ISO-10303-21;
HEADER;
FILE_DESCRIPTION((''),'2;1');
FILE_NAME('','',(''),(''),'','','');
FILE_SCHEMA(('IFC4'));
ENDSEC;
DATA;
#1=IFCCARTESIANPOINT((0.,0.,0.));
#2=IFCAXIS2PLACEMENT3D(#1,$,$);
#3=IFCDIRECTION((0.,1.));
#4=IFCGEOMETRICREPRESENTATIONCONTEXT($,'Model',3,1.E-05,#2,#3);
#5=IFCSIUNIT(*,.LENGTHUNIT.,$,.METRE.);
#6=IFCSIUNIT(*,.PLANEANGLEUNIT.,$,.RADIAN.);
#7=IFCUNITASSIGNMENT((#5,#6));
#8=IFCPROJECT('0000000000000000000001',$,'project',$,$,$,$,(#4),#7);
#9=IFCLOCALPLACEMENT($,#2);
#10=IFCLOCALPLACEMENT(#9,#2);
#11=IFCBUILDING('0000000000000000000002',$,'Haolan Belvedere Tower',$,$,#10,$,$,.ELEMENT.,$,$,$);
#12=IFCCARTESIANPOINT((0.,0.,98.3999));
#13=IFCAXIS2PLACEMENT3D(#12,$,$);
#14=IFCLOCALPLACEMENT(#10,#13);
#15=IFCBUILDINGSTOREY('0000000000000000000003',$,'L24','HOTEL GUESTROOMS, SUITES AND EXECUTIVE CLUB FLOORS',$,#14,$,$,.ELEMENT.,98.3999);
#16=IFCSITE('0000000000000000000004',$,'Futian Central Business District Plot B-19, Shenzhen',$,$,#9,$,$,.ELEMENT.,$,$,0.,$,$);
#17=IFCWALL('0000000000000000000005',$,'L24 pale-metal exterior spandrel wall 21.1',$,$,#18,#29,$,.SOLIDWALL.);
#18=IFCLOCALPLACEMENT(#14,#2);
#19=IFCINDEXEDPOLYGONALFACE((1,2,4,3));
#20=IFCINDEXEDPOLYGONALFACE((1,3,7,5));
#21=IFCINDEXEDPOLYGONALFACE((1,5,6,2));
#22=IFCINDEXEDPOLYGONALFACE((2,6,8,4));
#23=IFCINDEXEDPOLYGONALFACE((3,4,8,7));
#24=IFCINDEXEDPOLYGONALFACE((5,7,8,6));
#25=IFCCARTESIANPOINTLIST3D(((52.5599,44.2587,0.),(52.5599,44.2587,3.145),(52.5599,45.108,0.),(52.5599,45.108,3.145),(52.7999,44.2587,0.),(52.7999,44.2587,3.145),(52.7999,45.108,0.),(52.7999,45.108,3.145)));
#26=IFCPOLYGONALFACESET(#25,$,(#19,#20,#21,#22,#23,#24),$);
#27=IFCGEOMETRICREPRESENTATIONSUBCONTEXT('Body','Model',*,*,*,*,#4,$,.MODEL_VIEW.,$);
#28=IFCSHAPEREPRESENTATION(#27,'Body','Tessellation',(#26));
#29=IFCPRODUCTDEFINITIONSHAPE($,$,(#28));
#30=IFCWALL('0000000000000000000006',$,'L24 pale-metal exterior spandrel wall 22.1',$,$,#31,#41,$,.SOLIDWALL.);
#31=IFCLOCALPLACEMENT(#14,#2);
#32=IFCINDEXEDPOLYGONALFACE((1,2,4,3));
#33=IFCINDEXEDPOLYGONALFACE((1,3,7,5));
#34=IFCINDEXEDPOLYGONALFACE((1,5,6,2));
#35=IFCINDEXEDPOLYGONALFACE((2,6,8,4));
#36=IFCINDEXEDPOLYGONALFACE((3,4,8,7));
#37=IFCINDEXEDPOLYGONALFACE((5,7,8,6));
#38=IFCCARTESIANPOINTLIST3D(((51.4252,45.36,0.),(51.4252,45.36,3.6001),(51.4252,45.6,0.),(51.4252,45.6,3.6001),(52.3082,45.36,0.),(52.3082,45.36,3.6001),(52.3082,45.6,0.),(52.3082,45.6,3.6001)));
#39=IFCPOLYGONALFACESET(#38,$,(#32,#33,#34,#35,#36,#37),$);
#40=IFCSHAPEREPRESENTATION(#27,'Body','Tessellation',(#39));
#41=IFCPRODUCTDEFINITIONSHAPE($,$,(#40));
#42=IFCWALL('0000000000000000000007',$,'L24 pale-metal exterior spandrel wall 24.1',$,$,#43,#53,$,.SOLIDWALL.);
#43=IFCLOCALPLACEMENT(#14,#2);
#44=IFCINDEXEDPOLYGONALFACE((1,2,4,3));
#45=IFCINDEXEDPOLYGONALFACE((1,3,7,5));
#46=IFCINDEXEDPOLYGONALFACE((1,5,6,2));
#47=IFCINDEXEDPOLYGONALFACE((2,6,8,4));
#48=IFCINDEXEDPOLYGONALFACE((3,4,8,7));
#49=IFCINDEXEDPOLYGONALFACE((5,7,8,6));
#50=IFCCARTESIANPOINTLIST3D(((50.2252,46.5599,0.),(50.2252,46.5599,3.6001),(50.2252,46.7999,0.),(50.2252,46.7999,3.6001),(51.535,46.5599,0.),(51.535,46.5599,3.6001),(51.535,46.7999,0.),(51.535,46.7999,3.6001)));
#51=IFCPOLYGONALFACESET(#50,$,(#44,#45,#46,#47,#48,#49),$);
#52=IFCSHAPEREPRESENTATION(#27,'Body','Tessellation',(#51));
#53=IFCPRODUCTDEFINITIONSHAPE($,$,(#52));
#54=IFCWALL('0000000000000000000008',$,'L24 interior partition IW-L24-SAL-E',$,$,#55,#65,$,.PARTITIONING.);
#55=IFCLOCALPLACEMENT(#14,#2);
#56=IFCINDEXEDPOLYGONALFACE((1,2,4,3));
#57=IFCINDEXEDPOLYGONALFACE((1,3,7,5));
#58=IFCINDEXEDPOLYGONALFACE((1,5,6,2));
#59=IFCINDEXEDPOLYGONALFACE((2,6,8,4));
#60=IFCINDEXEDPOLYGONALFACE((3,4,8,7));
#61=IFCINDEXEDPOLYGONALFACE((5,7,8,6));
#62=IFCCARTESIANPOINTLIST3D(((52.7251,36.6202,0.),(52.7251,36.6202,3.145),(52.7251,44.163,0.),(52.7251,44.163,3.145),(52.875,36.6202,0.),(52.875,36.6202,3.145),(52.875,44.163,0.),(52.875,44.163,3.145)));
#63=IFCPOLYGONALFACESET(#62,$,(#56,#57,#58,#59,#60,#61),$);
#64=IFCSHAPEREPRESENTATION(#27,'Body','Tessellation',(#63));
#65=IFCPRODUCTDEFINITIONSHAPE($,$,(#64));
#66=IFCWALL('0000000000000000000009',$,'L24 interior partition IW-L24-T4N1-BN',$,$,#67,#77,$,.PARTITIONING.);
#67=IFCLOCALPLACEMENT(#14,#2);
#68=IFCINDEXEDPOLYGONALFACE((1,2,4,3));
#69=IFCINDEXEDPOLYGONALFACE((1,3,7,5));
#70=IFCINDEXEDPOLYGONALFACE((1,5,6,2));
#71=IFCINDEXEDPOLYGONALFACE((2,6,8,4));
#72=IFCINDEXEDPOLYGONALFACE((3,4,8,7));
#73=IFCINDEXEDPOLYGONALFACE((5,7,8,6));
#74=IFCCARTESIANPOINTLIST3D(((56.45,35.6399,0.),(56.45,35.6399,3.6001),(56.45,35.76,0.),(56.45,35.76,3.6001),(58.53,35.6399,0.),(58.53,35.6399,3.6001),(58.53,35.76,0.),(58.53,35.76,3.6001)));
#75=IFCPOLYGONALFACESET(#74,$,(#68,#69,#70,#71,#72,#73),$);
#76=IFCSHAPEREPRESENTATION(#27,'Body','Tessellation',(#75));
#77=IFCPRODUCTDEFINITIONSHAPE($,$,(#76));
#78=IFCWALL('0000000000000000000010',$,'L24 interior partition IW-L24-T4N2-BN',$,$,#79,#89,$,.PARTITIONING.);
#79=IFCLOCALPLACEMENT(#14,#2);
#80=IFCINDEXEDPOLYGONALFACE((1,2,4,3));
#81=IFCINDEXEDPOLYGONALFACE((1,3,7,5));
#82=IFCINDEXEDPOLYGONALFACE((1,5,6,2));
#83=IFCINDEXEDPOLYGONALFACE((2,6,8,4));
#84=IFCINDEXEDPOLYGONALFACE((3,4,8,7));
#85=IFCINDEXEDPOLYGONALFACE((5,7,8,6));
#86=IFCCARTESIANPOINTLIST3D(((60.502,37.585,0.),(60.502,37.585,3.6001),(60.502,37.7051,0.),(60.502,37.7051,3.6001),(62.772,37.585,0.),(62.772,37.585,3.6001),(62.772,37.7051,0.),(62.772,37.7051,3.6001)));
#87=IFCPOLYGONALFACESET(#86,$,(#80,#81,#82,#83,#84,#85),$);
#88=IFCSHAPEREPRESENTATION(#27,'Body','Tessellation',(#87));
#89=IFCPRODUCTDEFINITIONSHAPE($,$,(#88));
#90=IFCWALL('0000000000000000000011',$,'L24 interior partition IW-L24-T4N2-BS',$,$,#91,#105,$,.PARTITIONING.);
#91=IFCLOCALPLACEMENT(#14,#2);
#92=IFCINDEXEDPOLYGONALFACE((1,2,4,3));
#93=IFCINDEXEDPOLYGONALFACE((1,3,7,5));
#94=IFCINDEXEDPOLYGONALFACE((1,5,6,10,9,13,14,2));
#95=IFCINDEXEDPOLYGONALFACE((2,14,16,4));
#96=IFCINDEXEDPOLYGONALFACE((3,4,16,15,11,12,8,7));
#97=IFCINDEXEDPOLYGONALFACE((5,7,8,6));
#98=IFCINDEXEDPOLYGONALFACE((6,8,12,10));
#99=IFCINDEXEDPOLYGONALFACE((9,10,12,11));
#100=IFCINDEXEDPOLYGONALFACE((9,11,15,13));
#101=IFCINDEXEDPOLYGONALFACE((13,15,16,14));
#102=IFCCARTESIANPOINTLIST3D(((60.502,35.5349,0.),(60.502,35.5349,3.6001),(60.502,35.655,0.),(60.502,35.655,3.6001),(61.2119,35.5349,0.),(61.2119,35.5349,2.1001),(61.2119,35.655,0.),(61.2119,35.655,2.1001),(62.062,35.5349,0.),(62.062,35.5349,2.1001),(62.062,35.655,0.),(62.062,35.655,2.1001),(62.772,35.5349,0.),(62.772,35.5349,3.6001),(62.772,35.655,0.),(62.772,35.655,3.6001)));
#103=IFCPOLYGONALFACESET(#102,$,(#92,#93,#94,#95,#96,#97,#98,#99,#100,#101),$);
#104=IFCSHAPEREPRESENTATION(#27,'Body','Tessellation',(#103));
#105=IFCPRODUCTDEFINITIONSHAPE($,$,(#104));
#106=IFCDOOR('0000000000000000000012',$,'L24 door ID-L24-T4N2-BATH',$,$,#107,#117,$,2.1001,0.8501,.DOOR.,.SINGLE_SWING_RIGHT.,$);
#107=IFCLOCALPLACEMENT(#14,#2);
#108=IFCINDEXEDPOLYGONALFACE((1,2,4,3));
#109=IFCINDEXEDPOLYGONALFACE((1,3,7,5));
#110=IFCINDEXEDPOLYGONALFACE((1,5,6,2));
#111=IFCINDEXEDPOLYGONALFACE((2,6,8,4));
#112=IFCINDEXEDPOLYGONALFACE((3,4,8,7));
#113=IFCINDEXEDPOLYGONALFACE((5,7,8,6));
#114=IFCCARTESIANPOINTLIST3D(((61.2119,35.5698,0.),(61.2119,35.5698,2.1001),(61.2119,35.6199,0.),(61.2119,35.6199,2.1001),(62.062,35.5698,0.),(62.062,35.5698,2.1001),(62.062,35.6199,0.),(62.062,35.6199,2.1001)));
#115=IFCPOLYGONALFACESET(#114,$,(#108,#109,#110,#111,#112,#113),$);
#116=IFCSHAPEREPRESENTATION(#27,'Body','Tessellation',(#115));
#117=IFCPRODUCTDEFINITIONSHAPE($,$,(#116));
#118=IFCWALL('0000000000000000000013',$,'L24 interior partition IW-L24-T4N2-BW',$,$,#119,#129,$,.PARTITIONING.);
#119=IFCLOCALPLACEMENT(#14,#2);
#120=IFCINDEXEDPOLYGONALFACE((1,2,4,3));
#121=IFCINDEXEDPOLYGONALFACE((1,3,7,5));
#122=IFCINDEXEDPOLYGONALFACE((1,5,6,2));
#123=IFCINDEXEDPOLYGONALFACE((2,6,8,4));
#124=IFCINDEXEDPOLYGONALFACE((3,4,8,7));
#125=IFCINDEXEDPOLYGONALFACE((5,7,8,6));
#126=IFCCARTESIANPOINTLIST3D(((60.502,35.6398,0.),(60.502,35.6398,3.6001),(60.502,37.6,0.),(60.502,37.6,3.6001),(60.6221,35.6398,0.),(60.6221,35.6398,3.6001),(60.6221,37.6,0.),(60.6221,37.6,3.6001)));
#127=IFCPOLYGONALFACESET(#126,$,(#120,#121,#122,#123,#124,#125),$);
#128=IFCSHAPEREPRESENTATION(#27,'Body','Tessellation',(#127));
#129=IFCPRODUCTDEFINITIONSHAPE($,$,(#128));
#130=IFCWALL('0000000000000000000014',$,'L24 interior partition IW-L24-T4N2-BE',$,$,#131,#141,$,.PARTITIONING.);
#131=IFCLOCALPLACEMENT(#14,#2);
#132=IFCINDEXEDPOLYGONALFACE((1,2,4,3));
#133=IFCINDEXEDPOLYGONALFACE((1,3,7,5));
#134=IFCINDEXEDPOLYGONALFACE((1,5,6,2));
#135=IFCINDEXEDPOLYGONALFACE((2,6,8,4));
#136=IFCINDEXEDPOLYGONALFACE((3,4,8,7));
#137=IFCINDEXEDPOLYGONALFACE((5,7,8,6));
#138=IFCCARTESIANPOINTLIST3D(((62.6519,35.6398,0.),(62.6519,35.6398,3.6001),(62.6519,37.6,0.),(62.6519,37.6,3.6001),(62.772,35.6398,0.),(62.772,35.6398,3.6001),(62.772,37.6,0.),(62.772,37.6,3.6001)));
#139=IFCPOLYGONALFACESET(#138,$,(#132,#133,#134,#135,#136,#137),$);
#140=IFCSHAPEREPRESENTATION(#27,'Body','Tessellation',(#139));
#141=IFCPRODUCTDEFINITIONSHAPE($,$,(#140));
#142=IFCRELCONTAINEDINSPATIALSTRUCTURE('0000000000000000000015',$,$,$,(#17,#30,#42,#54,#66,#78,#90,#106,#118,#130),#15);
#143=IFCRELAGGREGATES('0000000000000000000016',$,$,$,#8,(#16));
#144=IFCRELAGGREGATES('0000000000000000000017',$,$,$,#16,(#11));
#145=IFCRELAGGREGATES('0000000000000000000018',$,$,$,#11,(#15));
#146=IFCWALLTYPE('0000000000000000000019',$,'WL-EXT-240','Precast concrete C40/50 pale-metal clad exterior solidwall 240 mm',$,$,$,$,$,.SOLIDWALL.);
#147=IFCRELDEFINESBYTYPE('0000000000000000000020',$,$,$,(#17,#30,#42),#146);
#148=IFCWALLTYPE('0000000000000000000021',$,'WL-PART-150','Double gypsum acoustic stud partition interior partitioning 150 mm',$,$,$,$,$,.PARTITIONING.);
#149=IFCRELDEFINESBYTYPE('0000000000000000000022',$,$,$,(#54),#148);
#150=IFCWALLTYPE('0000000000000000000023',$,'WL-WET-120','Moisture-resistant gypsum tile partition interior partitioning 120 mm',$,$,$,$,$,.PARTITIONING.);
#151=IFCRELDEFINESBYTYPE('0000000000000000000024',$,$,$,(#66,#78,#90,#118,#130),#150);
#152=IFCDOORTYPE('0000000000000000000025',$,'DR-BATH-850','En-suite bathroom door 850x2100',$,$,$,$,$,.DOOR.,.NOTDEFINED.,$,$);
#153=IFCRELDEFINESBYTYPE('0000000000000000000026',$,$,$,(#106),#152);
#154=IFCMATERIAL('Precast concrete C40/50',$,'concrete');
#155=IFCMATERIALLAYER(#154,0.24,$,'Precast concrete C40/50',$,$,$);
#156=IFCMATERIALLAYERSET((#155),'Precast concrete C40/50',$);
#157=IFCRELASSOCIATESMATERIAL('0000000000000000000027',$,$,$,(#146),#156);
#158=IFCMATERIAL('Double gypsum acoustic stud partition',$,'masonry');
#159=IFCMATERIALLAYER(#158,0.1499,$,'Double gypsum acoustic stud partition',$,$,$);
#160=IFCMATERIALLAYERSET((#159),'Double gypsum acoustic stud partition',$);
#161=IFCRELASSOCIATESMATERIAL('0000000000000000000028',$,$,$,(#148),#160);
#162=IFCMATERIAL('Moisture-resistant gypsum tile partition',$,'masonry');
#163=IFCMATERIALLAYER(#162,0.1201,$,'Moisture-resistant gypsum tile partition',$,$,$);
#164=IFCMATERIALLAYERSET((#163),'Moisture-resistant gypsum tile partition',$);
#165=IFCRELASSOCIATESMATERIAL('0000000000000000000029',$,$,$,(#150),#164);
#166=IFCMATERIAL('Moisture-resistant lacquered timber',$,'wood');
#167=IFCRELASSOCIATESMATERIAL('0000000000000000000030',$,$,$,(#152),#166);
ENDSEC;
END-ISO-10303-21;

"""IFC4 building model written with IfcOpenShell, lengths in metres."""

from ifc_helpers import new_model, si_unit, direction, frame, frame_2d, origin, place, context, subcontext, project, spatial, rectangle, extrude, material, layer, layer_set, type_object, element, fill, save


model = new_model("IFC4")

# Units and contexts
model_context = context("Model", 3, precision=1e-05, world=origin(), true_north=direction((0.0, 1.0)))
body_context = subcontext(model_context, "Body", "Model", "MODEL_VIEW")
ifc_project = project(units=[si_unit("LENGTHUNIT", "METRE"), si_unit("PLANEANGLEUNIT", "RADIAN")], contexts=[model_context])

# Site, building, storey
site_placement = place(None, origin())
site = spatial("IfcSite", under=ifc_project, at=site_placement, Name="Futian Central Business District Plot B-19, Shenzhen", CompositionType="ELEMENT", RefElevation=0.0)
building_placement = place(site_placement, origin())
building = spatial("IfcBuilding", under=site, at=building_placement, Name="Haolan Belvedere Tower", CompositionType="ELEMENT")
storey_placement = place(building_placement, frame((0.0, 0.0, 98.3999)))
storey = spatial("IfcBuildingStorey", under=building, at=storey_placement, Name="L24", Description="HOTEL GUESTROOMS, SUITES AND EXECUTIVE CLUB FLOORS", CompositionType="ELEMENT", Elevation=98.3999)

# Shared definitions
ifc_material_1 = material(Name="Precast concrete C40/50", Category="concrete")
ifc_layer_1 = layer(ifc_material_1, 0.24, Name="Precast concrete C40/50")
ifc_layer_set_1 = layer_set([ifc_layer_1], Name="Precast concrete C40/50")
wall_type_1 = type_object("IfcWallType", Name="WL-EXT-240", Description="Precast concrete C40/50 pale-metal clad exterior solidwall 240 mm", PredefinedType="SOLIDWALL", material=ifc_layer_set_1)

# Walls
wall_1_placement = place(storey_placement, frame((52.6799, 44.2585, 0.0), z_axis=(0.0, 0.0, 1.0), x_axis=(0.0, 1.0, 0.0)))
element("IfcWall", 1, at=wall_1_placement, inside=storey, type_object=wall_type_1, Name="L24 pale-metal exterior spandrel wall 21.1", PredefinedType="SOLIDWALL", context=body_context, shape_type="SweptSolid", body=[
    extrude(rectangle(XDim=0.8494, YDim=0.24, at=frame_2d((0.4248, 0.0))), origin(), (0.0, 0.0, 1.0), 3.145),
])
wall_2_placement = place(storey_placement, frame((52.3081, 45.48, 0.0), z_axis=(0.0, 0.0, 1.0), x_axis=(-1.0, 0.0, 0.0)))
element("IfcWall", 2, at=wall_2_placement, inside=storey, type_object=wall_type_1, Name="L24 pale-metal exterior spandrel wall 22.1", PredefinedType="SOLIDWALL", context=body_context, shape_type="SweptSolid", body=[
    extrude(rectangle(XDim=0.8831, YDim=0.24, at=frame_2d((0.4414, 0.0))), origin(), (0.0, 0.0, 1.0), 3.6001),
])
wall_3_placement = place(storey_placement, frame((51.5349, 46.6799, 0.0), z_axis=(0.0, 0.0, 1.0), x_axis=(-1.0, 0.0, 0.0)))
element("IfcWall", 3, at=wall_3_placement, inside=storey, type_object=wall_type_1, Name="L24 pale-metal exterior spandrel wall 24.1", PredefinedType="SOLIDWALL", context=body_context, shape_type="SweptSolid", body=[
    extrude(rectangle(XDim=1.3098, YDim=0.24, at=frame_2d((0.6548, 0.0))), origin(), (0.0, 0.0, 1.0), 3.6001),
])
ifc_material_2 = material(Name="Double gypsum acoustic stud partition", Category="masonry")
ifc_layer_2 = layer(ifc_material_2, 0.1499, Name="Double gypsum acoustic stud partition")
ifc_layer_set_2 = layer_set([ifc_layer_2], Name="Double gypsum acoustic stud partition")
wall_type_2 = type_object("IfcWallType", Name="WL-PART-150", Description="Double gypsum acoustic stud partition interior partitioning 150 mm", PredefinedType="PARTITIONING", material=ifc_layer_set_2)
wall_4_placement = place(storey_placement, frame((52.8, 36.6201, 0.0), z_axis=(0.0, 0.0, 1.0), x_axis=(0.0, 1.0, 0.0)))
element("IfcWall", 4, at=wall_4_placement, inside=storey, type_object=wall_type_2, Name="L24 interior partition IW-L24-SAL-E", PredefinedType="PARTITIONING", context=body_context, shape_type="SweptSolid", body=[
    extrude(rectangle(XDim=7.5427, YDim=0.1499, at=frame_2d((3.7715, 0.0))), origin(), (0.0, 0.0, 1.0), 3.145),
])
ifc_material_3 = material(Name="Moisture-resistant gypsum tile partition", Category="masonry")
ifc_layer_3 = layer(ifc_material_3, 0.1201, Name="Moisture-resistant gypsum tile partition")
ifc_layer_set_3 = layer_set([ifc_layer_3], Name="Moisture-resistant gypsum tile partition")
wall_type_3 = type_object("IfcWallType", Name="WL-WET-120", Description="Moisture-resistant gypsum tile partition interior partitioning 120 mm", PredefinedType="PARTITIONING", material=ifc_layer_set_3)
wall_5_placement = place(storey_placement, frame((56.45, 35.7, 0.0), z_axis=(0.0, 0.0, 1.0), x_axis=(1.0, 0.0, 0.0)))
element("IfcWall", 5, at=wall_5_placement, inside=storey, type_object=wall_type_3, Name="L24 interior partition IW-L24-T4N1-BN", PredefinedType="PARTITIONING", context=body_context, shape_type="SweptSolid", body=[
    extrude(rectangle(XDim=2.0801, YDim=0.1201, at=frame_2d((1.04, 0.0))), origin(), (0.0, 0.0, 1.0), 3.6001),
])
wall_6_placement = place(storey_placement, frame((60.502, 37.645, 0.0), z_axis=(0.0, 0.0, 1.0), x_axis=(1.0, 0.0, 0.0)))
element("IfcWall", 6, at=wall_6_placement, inside=storey, type_object=wall_type_3, Name="L24 interior partition IW-L24-T4N2-BN", PredefinedType="PARTITIONING", context=body_context, shape_type="SweptSolid", body=[
    extrude(rectangle(XDim=2.27, YDim=0.1201, at=frame_2d((1.135, 0.0))), origin(), (0.0, 0.0, 1.0), 3.6001),
])

# Wall, opening, door
wall_7_placement = place(storey_placement, frame((60.502, 35.595, 0.0), z_axis=(0.0, 0.0, 1.0), x_axis=(1.0, 0.0, 0.0)))
wall_7 = element("IfcWall", 7, at=wall_7_placement, inside=storey, type_object=wall_type_3, Name="L24 interior partition IW-L24-T4N2-BS", PredefinedType="PARTITIONING", context=body_context, shape_type="SweptSolid", body=[
    extrude(rectangle(XDim=2.27, YDim=0.1201, at=frame_2d((1.135, 0.0))), origin(), (0.0, 0.0, 1.0), 3.6001),
])
opening_1_placement = place(wall_7_placement, frame((0.71, 0.0, 0.0)))
opening_1 = element("IfcOpeningElement", 8, at=opening_1_placement, cuts=wall_7, PredefinedType="OPENING", context=body_context, shape_type="SweptSolid", body=[
    extrude(rectangle(XDim=0.8501, YDim=2.1001, at=frame_2d((0.425, 1.05))), frame((0.0, 0.0701, 0.0), z_axis=(0.0, -1.0, 0.0), x_axis=(1.0, 0.0, 0.0)), (0.0, 0.0, 1.0), 0.1401),
])
ifc_material_4 = material(Name="Moisture-resistant lacquered timber", Category="wood")
door_type = type_object("IfcDoorType", Name="DR-BATH-850", Description="En-suite bathroom door 850x2100", OperationType="NOTDEFINED", PredefinedType="DOOR", material=ifc_material_4)
door_placement = place(opening_1_placement, origin())
door = element("IfcDoor", 9, at=door_placement, inside=storey, type_object=door_type, Name="L24 door ID-L24-T4N2-BATH", OperationType="SINGLE_SWING_RIGHT", OverallHeight=2.1001, OverallWidth=0.8501, PredefinedType="DOOR", context=body_context, shape_type="SweptSolid", body=[
    extrude(rectangle(XDim=0.8501, YDim=2.1001, at=frame_2d((0.425, 1.05))), frame((0.0, 0.0249, 0.0), z_axis=(0.0, -1.0, 0.0), x_axis=(1.0, 0.0, 0.0)), (0.0, 0.0, 1.0), 0.05),
])
fill(opening_1, door)

# Walls
for number, where, z_axis, x_axis, name in (
    (10, (60.562, 35.6399, 0.0), (0.0, 0.0, 1.0), (0.0, 1.0, 0.0), "L24 interior partition IW-L24-T4N2-BW"),
    (11, (62.7119, 35.6399, 0.0), (0.0, 0.0, 1.0), (0.0, 1.0, 0.0), "L24 interior partition IW-L24-T4N2-BE"),
):
    element("IfcWall", number, at=place(storey_placement, frame(where, z_axis=z_axis, x_axis=x_axis)), inside=storey, type_object=wall_type_3, Name=name, PredefinedType="PARTITIONING", context=body_context, shape_type="SweptSolid", body=[
        extrude(rectangle(XDim=1.9602, YDim=0.1201, at=frame_2d((0.98, 0.0))), origin(), (0.0, 0.0, 1.0), 3.6001),
    ])

save(model, "model.ifc")
